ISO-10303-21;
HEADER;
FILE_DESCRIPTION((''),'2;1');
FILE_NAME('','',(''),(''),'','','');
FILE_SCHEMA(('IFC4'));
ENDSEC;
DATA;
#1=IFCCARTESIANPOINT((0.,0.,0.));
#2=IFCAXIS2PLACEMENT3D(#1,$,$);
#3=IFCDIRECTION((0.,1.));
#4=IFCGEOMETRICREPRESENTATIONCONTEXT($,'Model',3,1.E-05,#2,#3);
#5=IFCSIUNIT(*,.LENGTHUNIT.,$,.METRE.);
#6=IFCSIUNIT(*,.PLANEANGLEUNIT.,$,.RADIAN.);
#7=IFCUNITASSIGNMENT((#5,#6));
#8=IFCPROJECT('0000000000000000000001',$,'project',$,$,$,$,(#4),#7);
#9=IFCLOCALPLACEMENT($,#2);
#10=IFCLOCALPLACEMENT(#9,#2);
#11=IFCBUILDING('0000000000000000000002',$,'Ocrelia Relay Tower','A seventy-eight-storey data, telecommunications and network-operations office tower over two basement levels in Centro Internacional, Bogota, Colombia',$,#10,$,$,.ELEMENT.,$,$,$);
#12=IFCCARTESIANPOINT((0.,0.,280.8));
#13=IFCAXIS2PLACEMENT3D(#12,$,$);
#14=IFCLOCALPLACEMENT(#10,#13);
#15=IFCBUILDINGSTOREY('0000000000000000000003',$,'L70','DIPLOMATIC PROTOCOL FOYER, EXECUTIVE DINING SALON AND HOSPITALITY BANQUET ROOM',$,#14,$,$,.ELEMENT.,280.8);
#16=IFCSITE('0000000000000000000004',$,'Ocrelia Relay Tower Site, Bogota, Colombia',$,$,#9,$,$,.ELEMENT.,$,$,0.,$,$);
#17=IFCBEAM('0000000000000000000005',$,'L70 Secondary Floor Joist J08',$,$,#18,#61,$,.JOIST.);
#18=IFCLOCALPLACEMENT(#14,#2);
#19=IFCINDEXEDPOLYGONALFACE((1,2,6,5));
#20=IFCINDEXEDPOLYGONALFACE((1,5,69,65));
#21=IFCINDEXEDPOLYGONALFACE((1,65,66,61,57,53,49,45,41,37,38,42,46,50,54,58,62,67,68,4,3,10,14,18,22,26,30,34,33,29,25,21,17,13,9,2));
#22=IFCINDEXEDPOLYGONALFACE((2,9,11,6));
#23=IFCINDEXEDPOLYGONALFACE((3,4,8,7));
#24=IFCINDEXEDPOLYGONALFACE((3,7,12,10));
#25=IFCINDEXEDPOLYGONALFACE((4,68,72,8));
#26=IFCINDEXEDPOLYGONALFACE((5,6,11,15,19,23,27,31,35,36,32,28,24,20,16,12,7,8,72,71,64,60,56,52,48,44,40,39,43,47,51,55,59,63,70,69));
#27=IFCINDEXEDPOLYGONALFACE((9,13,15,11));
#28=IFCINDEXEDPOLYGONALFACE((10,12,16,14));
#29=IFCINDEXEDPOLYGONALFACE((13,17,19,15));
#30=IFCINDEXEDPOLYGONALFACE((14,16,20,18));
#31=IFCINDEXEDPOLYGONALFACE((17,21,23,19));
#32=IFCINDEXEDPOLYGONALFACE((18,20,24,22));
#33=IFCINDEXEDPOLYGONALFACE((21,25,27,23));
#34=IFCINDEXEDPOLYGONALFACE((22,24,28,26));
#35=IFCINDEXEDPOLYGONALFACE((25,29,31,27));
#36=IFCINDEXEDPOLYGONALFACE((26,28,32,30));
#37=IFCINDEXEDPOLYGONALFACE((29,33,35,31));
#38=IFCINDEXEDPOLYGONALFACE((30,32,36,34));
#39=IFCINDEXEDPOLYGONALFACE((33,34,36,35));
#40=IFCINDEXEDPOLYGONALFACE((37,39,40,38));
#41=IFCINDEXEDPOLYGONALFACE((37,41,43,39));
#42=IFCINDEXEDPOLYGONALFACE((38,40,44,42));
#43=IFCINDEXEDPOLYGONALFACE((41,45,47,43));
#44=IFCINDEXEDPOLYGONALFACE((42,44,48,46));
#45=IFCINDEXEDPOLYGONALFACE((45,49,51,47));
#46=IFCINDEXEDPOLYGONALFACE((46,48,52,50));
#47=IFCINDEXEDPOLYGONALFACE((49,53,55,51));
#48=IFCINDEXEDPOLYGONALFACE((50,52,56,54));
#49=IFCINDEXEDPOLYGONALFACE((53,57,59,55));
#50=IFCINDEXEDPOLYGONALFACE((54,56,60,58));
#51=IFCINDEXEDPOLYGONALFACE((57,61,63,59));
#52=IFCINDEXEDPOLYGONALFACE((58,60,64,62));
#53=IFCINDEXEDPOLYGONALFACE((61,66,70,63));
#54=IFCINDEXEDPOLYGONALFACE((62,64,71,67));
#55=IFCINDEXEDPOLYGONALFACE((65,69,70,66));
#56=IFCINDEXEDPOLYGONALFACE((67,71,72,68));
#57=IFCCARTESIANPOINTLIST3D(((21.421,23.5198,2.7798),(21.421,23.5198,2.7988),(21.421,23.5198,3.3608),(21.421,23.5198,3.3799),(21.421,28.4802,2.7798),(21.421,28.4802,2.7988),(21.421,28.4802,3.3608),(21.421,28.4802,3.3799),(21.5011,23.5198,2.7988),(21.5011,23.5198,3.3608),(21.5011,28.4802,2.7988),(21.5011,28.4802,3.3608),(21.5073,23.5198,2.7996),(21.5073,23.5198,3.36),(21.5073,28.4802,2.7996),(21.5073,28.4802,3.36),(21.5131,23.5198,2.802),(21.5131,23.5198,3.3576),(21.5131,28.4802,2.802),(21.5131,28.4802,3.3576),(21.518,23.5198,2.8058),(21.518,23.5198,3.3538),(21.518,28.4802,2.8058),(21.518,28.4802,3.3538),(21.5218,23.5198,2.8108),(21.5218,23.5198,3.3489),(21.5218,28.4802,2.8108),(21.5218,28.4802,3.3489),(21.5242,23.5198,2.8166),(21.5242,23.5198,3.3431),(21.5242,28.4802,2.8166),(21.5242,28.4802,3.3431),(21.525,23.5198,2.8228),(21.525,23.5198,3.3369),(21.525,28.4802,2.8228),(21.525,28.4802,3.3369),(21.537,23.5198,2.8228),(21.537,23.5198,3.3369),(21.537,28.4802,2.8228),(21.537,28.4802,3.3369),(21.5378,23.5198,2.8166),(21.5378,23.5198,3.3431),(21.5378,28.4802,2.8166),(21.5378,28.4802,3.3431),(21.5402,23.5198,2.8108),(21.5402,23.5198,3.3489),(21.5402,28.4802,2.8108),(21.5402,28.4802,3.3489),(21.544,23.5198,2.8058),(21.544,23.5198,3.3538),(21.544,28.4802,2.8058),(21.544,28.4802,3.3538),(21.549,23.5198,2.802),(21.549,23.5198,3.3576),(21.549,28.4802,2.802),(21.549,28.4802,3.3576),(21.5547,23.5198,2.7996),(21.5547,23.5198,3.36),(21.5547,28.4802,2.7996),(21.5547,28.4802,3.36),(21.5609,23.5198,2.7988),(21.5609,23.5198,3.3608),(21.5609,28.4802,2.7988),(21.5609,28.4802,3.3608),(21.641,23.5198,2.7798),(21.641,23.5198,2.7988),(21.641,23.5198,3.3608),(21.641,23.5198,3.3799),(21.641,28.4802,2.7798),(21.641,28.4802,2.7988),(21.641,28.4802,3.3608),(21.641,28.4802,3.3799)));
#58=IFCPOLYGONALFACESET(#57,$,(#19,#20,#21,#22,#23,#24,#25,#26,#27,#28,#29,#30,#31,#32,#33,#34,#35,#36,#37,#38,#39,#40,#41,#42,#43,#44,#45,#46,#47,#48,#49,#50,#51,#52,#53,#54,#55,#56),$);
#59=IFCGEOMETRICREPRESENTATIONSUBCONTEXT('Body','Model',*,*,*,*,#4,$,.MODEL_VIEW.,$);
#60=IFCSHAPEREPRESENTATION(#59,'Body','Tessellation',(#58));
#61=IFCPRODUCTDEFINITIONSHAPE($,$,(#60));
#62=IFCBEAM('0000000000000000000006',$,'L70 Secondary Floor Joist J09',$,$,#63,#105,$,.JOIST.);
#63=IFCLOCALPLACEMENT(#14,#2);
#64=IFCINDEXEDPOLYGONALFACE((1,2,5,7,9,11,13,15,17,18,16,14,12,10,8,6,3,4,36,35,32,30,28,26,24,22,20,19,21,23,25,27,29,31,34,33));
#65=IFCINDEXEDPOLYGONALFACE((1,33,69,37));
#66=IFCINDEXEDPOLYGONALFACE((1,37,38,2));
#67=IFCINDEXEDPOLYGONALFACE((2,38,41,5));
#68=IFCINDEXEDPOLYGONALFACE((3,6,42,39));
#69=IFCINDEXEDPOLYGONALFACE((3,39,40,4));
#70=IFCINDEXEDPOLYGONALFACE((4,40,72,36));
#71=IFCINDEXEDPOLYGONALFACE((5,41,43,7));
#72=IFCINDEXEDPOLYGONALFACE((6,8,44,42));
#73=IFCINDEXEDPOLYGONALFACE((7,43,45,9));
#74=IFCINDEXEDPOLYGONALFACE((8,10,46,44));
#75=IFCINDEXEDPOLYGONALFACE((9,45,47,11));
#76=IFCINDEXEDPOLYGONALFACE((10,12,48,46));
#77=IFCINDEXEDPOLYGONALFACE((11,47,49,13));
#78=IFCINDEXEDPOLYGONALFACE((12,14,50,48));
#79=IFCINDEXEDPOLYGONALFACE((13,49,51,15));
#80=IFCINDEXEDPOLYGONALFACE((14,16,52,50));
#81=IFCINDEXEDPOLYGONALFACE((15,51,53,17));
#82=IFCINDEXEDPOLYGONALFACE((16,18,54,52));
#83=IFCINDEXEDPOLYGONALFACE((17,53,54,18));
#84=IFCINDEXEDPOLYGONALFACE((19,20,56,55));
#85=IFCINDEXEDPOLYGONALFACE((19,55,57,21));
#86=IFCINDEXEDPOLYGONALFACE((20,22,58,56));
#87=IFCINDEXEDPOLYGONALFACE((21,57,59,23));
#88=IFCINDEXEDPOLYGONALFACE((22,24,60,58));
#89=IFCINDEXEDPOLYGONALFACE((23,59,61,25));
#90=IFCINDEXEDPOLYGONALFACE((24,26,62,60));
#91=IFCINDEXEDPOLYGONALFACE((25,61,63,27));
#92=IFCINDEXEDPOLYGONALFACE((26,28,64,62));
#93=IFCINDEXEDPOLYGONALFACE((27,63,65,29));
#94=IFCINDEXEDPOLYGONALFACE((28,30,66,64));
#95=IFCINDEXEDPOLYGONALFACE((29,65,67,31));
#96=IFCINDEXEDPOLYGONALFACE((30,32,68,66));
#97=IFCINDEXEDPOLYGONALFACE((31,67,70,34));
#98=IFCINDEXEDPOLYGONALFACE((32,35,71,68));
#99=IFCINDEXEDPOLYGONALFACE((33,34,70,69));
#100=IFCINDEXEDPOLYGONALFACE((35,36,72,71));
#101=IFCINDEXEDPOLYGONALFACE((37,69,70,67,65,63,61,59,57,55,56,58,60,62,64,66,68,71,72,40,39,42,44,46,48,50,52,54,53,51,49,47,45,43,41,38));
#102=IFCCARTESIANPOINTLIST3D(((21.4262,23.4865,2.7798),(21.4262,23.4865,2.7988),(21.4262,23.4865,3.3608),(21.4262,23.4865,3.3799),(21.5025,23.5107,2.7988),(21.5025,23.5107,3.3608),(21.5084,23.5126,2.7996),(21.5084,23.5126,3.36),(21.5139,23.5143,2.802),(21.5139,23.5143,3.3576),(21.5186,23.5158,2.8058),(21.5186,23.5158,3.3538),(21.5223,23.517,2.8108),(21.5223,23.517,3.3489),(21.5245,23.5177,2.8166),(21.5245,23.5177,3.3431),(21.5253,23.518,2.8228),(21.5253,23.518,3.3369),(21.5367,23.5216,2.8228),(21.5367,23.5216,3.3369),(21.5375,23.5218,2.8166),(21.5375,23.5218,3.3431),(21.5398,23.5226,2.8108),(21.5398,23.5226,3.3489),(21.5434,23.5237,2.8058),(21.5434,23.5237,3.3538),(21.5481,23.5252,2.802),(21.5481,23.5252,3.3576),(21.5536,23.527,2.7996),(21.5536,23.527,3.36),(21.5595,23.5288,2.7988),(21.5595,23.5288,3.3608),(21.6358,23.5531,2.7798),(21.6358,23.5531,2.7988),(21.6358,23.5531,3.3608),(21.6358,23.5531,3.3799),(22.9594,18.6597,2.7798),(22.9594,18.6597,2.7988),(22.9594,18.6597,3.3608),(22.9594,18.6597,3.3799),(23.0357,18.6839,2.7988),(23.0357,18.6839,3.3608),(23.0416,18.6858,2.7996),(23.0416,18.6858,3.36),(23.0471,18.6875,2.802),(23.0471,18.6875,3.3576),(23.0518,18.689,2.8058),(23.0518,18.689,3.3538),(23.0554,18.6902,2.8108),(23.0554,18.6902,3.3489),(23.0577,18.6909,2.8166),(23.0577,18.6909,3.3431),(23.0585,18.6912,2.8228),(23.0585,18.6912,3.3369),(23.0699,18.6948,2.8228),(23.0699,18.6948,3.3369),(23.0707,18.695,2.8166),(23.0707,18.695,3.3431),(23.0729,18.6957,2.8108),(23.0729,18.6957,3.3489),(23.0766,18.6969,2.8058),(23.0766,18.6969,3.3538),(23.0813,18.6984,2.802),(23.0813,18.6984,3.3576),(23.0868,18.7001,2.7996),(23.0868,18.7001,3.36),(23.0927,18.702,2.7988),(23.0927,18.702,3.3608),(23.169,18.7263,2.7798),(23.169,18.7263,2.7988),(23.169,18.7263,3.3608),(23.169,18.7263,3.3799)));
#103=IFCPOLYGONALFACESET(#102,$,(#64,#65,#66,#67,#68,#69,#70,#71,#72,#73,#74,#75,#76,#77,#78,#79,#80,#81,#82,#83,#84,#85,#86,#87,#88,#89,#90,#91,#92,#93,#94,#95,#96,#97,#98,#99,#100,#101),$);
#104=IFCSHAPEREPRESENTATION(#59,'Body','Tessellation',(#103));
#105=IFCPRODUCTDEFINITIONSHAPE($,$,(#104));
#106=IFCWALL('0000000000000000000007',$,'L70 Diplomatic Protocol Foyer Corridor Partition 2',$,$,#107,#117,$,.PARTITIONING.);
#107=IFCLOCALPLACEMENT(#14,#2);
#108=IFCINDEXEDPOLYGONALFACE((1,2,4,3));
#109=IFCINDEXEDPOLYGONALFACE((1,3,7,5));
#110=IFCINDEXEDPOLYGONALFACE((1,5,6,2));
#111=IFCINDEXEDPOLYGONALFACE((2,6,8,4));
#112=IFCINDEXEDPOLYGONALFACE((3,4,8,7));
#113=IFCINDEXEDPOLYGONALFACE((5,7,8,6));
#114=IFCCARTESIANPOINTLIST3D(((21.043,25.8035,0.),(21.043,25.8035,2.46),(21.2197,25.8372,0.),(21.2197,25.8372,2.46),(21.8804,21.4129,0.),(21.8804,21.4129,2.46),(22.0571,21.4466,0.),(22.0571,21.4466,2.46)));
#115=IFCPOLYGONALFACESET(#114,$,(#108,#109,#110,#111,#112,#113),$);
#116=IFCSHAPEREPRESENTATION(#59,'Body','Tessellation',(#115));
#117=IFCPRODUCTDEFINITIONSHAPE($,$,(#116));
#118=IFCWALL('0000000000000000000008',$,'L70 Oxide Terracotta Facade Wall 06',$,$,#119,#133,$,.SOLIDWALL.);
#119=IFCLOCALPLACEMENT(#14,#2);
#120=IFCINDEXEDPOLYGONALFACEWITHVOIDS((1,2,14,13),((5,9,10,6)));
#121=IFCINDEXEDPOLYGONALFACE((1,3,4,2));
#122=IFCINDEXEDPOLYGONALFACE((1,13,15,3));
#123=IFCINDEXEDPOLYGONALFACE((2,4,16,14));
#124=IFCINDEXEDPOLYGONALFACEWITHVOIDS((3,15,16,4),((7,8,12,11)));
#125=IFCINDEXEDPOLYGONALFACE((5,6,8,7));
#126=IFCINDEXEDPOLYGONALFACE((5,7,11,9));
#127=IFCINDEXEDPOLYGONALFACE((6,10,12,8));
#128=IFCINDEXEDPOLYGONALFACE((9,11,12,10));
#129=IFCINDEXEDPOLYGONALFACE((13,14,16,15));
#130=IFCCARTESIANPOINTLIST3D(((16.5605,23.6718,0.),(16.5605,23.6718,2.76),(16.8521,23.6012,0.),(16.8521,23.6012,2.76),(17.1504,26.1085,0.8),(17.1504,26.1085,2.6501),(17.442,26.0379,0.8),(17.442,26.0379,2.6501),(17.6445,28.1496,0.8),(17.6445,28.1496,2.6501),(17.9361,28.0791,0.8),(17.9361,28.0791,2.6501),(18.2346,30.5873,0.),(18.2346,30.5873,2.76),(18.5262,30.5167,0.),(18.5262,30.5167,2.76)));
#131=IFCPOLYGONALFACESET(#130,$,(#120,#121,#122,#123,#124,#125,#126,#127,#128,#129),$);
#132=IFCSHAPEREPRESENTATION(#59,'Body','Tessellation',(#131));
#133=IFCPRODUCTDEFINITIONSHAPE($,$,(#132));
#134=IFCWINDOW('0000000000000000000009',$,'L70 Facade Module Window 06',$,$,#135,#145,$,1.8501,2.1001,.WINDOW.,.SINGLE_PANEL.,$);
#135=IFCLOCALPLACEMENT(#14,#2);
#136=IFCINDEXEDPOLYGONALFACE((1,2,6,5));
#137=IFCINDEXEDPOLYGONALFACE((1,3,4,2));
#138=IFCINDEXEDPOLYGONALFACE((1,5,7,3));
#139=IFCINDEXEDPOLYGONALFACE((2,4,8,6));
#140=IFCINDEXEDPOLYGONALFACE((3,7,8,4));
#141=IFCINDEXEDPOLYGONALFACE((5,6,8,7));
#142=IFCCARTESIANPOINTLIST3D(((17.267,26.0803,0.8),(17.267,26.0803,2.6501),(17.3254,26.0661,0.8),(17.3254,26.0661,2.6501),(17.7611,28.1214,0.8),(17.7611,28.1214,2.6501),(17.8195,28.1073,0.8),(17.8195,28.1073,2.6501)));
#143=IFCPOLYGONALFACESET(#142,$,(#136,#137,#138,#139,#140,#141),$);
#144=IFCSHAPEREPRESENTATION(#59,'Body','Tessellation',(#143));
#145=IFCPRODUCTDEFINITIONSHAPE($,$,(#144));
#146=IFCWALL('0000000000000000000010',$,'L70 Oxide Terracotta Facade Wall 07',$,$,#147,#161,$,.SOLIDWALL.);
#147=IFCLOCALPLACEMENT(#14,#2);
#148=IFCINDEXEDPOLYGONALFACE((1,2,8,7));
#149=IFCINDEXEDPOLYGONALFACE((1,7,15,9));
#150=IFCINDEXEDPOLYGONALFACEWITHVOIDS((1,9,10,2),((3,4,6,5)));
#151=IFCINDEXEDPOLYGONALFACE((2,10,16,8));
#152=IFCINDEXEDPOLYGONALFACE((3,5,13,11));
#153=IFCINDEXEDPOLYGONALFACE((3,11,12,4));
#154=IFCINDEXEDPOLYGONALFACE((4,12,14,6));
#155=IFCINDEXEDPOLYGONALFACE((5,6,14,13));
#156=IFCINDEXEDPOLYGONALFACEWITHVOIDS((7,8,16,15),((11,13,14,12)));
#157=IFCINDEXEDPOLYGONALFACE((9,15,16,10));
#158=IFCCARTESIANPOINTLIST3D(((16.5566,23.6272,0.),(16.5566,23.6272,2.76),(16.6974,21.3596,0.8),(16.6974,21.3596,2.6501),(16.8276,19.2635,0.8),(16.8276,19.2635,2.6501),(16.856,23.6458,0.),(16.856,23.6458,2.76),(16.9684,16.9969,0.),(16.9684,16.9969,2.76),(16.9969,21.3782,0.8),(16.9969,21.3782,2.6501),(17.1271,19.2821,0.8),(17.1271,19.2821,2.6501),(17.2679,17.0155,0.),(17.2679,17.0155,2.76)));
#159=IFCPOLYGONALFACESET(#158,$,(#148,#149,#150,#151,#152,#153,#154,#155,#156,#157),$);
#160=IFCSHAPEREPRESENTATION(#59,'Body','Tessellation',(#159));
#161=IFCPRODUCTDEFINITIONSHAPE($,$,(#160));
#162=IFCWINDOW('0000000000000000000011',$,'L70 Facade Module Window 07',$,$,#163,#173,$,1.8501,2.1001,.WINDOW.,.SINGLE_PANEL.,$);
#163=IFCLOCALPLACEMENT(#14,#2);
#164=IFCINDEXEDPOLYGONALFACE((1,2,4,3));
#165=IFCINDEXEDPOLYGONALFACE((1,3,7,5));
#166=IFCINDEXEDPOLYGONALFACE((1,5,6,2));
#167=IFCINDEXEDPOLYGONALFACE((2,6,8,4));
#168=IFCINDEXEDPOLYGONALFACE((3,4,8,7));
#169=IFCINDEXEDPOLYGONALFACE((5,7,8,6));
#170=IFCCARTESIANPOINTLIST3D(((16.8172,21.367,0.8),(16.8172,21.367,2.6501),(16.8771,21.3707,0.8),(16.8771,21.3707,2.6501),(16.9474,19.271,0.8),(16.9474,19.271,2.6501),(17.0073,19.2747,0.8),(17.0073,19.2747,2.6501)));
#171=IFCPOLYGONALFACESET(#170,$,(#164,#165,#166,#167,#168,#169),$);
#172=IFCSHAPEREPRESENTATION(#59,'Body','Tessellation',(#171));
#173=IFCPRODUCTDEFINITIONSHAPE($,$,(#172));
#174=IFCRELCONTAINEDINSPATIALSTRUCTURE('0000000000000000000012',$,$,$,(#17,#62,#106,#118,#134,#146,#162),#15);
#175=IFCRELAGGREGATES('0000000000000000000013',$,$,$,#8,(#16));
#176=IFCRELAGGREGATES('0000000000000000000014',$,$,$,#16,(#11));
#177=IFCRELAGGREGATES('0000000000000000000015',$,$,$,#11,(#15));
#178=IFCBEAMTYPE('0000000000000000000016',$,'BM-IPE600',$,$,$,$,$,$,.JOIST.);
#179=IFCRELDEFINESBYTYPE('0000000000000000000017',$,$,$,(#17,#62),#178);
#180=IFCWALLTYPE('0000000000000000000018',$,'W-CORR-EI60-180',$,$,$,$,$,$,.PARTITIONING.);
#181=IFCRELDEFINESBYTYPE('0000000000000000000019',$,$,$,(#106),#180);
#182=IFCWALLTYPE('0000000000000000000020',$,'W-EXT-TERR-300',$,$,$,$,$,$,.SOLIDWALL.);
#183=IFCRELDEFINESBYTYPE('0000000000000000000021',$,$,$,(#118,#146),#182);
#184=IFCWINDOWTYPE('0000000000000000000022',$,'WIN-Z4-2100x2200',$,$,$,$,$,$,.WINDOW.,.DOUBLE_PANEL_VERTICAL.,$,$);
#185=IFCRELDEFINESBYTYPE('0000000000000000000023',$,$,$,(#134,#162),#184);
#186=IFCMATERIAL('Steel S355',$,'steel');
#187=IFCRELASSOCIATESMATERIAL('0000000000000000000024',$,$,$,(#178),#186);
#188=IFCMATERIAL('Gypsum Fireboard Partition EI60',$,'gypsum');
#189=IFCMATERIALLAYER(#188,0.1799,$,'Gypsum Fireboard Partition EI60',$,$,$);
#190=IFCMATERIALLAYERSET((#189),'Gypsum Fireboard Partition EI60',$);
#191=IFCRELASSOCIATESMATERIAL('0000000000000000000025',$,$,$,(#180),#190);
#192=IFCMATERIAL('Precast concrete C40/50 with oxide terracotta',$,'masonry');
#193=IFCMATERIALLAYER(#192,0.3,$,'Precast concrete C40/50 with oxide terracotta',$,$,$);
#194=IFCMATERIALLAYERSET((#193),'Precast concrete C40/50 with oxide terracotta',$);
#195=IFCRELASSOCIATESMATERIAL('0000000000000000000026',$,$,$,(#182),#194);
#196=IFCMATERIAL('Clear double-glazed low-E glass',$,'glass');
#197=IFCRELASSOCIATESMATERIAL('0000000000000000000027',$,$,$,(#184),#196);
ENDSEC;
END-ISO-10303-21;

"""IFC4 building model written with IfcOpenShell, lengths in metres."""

from ifc_helpers import new_model, si_unit, direction, frame, frame_2d, origin, origin_2d, place, context, subcontext, project, spatial, rectangle, i_section, extrude, material, layer, layer_set, material_profile, profile_set, type_object, element, fill, save


model = new_model("IFC4")

# Units and contexts
model_context = context("Model", 3, precision=1e-05, world=origin(), true_north=direction((0.0, 1.0)))
body_context = subcontext(model_context, "Body", "Model", "MODEL_VIEW")
ifc_project = project(units=[si_unit("LENGTHUNIT", "METRE"), si_unit("PLANEANGLEUNIT", "RADIAN")], contexts=[model_context])

# Site, building, storey
site_placement = place(None, origin())
site = spatial("IfcSite", under=ifc_project, at=site_placement, Name="Ocrelia Relay Tower Site, Bogota, Colombia", CompositionType="ELEMENT", RefElevation=0.0)
building_placement = place(site_placement, origin())
building = spatial("IfcBuilding", under=site, at=building_placement, Name="Ocrelia Relay Tower", Description="A seventy-eight-storey data, telecommunications and network-operations office tower over two basement levels in Centro Internacional, Bogota, Colombia", CompositionType="ELEMENT")
storey_placement = place(building_placement, frame((0.0, 0.0, 280.8)))
storey = spatial("IfcBuildingStorey", under=building, at=storey_placement, Name="L70", Description="DIPLOMATIC PROTOCOL FOYER, EXECUTIVE DINING SALON AND HOSPITALITY BANQUET ROOM", CompositionType="ELEMENT", Elevation=280.8)

# Beams
ifc_material_1 = material(Name="Steel S355", Category="steel")
ifc_material_profile_1 = material_profile(ifc_material_1, i_section(OverallWidth=0.22, OverallDepth=0.6001, WebThickness=0.012, FlangeThickness=0.019, FilletRadius=0.0239, at=origin_2d()), Name="IPE 600")
ifc_profile_set_1 = profile_set([ifc_material_profile_1], Name="Steel S355")
beam_type_1 = type_object("IfcBeamType", Name="BM-IPE600", PredefinedType="JOIST", material=ifc_profile_set_1)
beam_1_placement = place(storey_placement, frame((21.531, 28.4802, 3.0798), z_axis=(0.0, -1.0, 0.0), x_axis=(1.0, 0.0, 0.0)))
element("IfcBeam", 1, at=beam_1_placement, inside=storey, type_object=beam_type_1, Name="L70 Secondary Floor Joist J08", PredefinedType="JOIST", context=body_context, shape_type="SweptSolid", body=[
    extrude(i_section(OverallWidth=0.22, OverallDepth=0.6001, WebThickness=0.012, FlangeThickness=0.019, FilletRadius=0.0239, at=origin_2d()), origin(), (0.0, 0.0, 1.0), 4.9604),
])
beam_2_placement = place(storey_placement, frame((21.531, 23.5198, 3.0798), z_axis=(0.302732, -0.953076, 0.0), x_axis=(0.953076, 0.302732, 0.0)))
element("IfcBeam", 2, at=beam_2_placement, inside=storey, type_object=beam_type_1, Name="L70 Secondary Floor Joist J09", PredefinedType="JOIST", context=body_context, shape_type="SweptSolid", body=[
    extrude(i_section(OverallWidth=0.22, OverallDepth=0.6001, WebThickness=0.012, FlangeThickness=0.019, FilletRadius=0.0239, at=origin_2d()), origin(), (0.0, 0.0, 1.0), 5.0645),
])

# Wall
ifc_material_2 = material(Name="Gypsum Fireboard Partition EI60", Category="gypsum")
ifc_layer_1 = layer(ifc_material_2, 0.1799, Name="Gypsum Fireboard Partition EI60")
ifc_layer_set_1 = layer_set([ifc_layer_1], Name="Gypsum Fireboard Partition EI60")
wall_type_1 = type_object("IfcWallType", Name="W-CORR-EI60-180", PredefinedType="PARTITIONING", material=ifc_layer_set_1)
wall_1_placement = place(storey_placement, frame((21.1313, 25.8203, 0.0), z_axis=(0.0, 0.0, 1.0), x_axis=(0.187348, -0.982294, 0.0)))
element("IfcWall", 3, at=wall_1_placement, inside=storey, type_object=wall_type_1, Name="L70 Diplomatic Protocol Foyer Corridor Partition 2", PredefinedType="PARTITIONING", context=body_context, shape_type="SweptSolid", body=[
    extrude(rectangle(XDim=4.4697, YDim=0.1799, at=frame_2d((2.2349, 0.0))), origin(), (0.0, 0.0, 1.0), 2.46),
])

# Walls, openings, windows
ifc_material_3 = material(Name="Precast concrete C40/50 with oxide terracotta", Category="masonry")
ifc_layer_2 = layer(ifc_material_3, 0.3, Name="Precast concrete C40/50 with oxide terracotta")
ifc_layer_set_2 = layer_set([ifc_layer_2], Name="Precast concrete C40/50 with oxide terracotta")
wall_type_2 = type_object("IfcWallType", Name="W-EXT-TERR-300", PredefinedType="SOLIDWALL", material=ifc_layer_set_2)
wall_2_placement = place(storey_placement, frame((18.3804, 30.552, 0.0), z_axis=(0.0, 0.0, 1.0), x_axis=(-0.235279, -0.971928, 0.0)))
wall_2 = element("IfcWall", 4, at=wall_2_placement, inside=storey, type_object=wall_type_2, Name="L70 Oxide Terracotta Facade Wall 06", PredefinedType="SOLIDWALL", context=body_context, shape_type="SweptSolid", body=[
    extrude(rectangle(XDim=7.1152, YDim=0.3, at=frame_2d((3.5576, 0.0))), origin(), (0.0, 0.0, 1.0), 2.76),
])
opening_1_placement = place(wall_2_placement, frame((2.5081, 0.0, 0.8)))
opening_1 = element("IfcOpeningElement", 5, at=opening_1_placement, cuts=wall_2, PredefinedType="OPENING", context=body_context, shape_type="SweptSolid", body=[
    extrude(rectangle(XDim=2.1001, YDim=1.8501, at=frame_2d((1.05, 0.925))), frame((0.0, 0.1602, 0.0), z_axis=(0.0, -1.0, 0.0), x_axis=(1.0, 0.0, 0.0)), (0.0, 0.0, 1.0), 0.3201),
])
ifc_material_4 = material(Name="Clear double-glazed low-E glass", Category="glass")
window_type = type_object("IfcWindowType", Name="WIN-Z4-2100x2200", PartitioningType="DOUBLE_PANEL_VERTICAL", PredefinedType="WINDOW", material=ifc_material_4)
window_1_placement = place(opening_1_placement, origin())
window_1 = element("IfcWindow", 6, at=window_1_placement, inside=storey, type_object=window_type, Name="L70 Facade Module Window 06", OverallHeight=1.8501, OverallWidth=2.1001, PartitioningType="SINGLE_PANEL", PredefinedType="WINDOW", context=body_context, shape_type="SweptSolid", body=[
    extrude(rectangle(XDim=2.1001, YDim=1.8501, at=frame_2d((1.05, 0.925))), frame((0.0, 0.03, 0.0), z_axis=(0.0, -1.0, 0.0), x_axis=(1.0, 0.0, 0.0)), (0.0, 0.0, 1.0), 0.0601),
])
fill(opening_1, window_1)
wall_3_placement = place(storey_placement, frame((16.7063, 23.6365, 0.0), z_axis=(0.0, 0.0, 1.0), x_axis=(0.061998, -0.998076, 0.0)))
wall_3 = element("IfcWall", 7, at=wall_3_placement, inside=storey, type_object=wall_type_2, Name="L70 Oxide Terracotta Facade Wall 07", PredefinedType="SOLIDWALL", context=body_context, shape_type="SweptSolid", body=[
    extrude(rectangle(XDim=6.6431, YDim=0.3, at=frame_2d((3.3215, 0.0))), origin(), (0.0, 0.0, 1.0), 2.76),
])
opening_2_placement = place(wall_3_placement, frame((2.272, 0.0, 0.8)))
opening_2 = element("IfcOpeningElement", 8, at=opening_2_placement, cuts=wall_3, PredefinedType="OPENING", context=body_context, shape_type="SweptSolid", body=[
    extrude(rectangle(XDim=2.1001, YDim=1.8501, at=frame_2d((1.05, 0.925))), frame((0.0, 0.1602, 0.0), z_axis=(0.0, -1.0, 0.0), x_axis=(1.0, 0.0, 0.0)), (0.0, 0.0, 1.0), 0.3201),
])
window_2_placement = place(opening_2_placement, origin())
window_2 = element("IfcWindow", 9, at=window_2_placement, inside=storey, type_object=window_type, Name="L70 Facade Module Window 07", OverallHeight=1.8501, OverallWidth=2.1001, PartitioningType="SINGLE_PANEL", PredefinedType="WINDOW", context=body_context, shape_type="SweptSolid", body=[
    extrude(rectangle(XDim=2.1001, YDim=1.8501, at=frame_2d((1.05, 0.925))), frame((0.0, 0.03, 0.0), z_axis=(0.0, -1.0, 0.0), x_axis=(1.0, 0.0, 0.0)), (0.0, 0.0, 1.0), 0.0601),
])
fill(opening_2, window_2)

save(model, "model.ifc")
